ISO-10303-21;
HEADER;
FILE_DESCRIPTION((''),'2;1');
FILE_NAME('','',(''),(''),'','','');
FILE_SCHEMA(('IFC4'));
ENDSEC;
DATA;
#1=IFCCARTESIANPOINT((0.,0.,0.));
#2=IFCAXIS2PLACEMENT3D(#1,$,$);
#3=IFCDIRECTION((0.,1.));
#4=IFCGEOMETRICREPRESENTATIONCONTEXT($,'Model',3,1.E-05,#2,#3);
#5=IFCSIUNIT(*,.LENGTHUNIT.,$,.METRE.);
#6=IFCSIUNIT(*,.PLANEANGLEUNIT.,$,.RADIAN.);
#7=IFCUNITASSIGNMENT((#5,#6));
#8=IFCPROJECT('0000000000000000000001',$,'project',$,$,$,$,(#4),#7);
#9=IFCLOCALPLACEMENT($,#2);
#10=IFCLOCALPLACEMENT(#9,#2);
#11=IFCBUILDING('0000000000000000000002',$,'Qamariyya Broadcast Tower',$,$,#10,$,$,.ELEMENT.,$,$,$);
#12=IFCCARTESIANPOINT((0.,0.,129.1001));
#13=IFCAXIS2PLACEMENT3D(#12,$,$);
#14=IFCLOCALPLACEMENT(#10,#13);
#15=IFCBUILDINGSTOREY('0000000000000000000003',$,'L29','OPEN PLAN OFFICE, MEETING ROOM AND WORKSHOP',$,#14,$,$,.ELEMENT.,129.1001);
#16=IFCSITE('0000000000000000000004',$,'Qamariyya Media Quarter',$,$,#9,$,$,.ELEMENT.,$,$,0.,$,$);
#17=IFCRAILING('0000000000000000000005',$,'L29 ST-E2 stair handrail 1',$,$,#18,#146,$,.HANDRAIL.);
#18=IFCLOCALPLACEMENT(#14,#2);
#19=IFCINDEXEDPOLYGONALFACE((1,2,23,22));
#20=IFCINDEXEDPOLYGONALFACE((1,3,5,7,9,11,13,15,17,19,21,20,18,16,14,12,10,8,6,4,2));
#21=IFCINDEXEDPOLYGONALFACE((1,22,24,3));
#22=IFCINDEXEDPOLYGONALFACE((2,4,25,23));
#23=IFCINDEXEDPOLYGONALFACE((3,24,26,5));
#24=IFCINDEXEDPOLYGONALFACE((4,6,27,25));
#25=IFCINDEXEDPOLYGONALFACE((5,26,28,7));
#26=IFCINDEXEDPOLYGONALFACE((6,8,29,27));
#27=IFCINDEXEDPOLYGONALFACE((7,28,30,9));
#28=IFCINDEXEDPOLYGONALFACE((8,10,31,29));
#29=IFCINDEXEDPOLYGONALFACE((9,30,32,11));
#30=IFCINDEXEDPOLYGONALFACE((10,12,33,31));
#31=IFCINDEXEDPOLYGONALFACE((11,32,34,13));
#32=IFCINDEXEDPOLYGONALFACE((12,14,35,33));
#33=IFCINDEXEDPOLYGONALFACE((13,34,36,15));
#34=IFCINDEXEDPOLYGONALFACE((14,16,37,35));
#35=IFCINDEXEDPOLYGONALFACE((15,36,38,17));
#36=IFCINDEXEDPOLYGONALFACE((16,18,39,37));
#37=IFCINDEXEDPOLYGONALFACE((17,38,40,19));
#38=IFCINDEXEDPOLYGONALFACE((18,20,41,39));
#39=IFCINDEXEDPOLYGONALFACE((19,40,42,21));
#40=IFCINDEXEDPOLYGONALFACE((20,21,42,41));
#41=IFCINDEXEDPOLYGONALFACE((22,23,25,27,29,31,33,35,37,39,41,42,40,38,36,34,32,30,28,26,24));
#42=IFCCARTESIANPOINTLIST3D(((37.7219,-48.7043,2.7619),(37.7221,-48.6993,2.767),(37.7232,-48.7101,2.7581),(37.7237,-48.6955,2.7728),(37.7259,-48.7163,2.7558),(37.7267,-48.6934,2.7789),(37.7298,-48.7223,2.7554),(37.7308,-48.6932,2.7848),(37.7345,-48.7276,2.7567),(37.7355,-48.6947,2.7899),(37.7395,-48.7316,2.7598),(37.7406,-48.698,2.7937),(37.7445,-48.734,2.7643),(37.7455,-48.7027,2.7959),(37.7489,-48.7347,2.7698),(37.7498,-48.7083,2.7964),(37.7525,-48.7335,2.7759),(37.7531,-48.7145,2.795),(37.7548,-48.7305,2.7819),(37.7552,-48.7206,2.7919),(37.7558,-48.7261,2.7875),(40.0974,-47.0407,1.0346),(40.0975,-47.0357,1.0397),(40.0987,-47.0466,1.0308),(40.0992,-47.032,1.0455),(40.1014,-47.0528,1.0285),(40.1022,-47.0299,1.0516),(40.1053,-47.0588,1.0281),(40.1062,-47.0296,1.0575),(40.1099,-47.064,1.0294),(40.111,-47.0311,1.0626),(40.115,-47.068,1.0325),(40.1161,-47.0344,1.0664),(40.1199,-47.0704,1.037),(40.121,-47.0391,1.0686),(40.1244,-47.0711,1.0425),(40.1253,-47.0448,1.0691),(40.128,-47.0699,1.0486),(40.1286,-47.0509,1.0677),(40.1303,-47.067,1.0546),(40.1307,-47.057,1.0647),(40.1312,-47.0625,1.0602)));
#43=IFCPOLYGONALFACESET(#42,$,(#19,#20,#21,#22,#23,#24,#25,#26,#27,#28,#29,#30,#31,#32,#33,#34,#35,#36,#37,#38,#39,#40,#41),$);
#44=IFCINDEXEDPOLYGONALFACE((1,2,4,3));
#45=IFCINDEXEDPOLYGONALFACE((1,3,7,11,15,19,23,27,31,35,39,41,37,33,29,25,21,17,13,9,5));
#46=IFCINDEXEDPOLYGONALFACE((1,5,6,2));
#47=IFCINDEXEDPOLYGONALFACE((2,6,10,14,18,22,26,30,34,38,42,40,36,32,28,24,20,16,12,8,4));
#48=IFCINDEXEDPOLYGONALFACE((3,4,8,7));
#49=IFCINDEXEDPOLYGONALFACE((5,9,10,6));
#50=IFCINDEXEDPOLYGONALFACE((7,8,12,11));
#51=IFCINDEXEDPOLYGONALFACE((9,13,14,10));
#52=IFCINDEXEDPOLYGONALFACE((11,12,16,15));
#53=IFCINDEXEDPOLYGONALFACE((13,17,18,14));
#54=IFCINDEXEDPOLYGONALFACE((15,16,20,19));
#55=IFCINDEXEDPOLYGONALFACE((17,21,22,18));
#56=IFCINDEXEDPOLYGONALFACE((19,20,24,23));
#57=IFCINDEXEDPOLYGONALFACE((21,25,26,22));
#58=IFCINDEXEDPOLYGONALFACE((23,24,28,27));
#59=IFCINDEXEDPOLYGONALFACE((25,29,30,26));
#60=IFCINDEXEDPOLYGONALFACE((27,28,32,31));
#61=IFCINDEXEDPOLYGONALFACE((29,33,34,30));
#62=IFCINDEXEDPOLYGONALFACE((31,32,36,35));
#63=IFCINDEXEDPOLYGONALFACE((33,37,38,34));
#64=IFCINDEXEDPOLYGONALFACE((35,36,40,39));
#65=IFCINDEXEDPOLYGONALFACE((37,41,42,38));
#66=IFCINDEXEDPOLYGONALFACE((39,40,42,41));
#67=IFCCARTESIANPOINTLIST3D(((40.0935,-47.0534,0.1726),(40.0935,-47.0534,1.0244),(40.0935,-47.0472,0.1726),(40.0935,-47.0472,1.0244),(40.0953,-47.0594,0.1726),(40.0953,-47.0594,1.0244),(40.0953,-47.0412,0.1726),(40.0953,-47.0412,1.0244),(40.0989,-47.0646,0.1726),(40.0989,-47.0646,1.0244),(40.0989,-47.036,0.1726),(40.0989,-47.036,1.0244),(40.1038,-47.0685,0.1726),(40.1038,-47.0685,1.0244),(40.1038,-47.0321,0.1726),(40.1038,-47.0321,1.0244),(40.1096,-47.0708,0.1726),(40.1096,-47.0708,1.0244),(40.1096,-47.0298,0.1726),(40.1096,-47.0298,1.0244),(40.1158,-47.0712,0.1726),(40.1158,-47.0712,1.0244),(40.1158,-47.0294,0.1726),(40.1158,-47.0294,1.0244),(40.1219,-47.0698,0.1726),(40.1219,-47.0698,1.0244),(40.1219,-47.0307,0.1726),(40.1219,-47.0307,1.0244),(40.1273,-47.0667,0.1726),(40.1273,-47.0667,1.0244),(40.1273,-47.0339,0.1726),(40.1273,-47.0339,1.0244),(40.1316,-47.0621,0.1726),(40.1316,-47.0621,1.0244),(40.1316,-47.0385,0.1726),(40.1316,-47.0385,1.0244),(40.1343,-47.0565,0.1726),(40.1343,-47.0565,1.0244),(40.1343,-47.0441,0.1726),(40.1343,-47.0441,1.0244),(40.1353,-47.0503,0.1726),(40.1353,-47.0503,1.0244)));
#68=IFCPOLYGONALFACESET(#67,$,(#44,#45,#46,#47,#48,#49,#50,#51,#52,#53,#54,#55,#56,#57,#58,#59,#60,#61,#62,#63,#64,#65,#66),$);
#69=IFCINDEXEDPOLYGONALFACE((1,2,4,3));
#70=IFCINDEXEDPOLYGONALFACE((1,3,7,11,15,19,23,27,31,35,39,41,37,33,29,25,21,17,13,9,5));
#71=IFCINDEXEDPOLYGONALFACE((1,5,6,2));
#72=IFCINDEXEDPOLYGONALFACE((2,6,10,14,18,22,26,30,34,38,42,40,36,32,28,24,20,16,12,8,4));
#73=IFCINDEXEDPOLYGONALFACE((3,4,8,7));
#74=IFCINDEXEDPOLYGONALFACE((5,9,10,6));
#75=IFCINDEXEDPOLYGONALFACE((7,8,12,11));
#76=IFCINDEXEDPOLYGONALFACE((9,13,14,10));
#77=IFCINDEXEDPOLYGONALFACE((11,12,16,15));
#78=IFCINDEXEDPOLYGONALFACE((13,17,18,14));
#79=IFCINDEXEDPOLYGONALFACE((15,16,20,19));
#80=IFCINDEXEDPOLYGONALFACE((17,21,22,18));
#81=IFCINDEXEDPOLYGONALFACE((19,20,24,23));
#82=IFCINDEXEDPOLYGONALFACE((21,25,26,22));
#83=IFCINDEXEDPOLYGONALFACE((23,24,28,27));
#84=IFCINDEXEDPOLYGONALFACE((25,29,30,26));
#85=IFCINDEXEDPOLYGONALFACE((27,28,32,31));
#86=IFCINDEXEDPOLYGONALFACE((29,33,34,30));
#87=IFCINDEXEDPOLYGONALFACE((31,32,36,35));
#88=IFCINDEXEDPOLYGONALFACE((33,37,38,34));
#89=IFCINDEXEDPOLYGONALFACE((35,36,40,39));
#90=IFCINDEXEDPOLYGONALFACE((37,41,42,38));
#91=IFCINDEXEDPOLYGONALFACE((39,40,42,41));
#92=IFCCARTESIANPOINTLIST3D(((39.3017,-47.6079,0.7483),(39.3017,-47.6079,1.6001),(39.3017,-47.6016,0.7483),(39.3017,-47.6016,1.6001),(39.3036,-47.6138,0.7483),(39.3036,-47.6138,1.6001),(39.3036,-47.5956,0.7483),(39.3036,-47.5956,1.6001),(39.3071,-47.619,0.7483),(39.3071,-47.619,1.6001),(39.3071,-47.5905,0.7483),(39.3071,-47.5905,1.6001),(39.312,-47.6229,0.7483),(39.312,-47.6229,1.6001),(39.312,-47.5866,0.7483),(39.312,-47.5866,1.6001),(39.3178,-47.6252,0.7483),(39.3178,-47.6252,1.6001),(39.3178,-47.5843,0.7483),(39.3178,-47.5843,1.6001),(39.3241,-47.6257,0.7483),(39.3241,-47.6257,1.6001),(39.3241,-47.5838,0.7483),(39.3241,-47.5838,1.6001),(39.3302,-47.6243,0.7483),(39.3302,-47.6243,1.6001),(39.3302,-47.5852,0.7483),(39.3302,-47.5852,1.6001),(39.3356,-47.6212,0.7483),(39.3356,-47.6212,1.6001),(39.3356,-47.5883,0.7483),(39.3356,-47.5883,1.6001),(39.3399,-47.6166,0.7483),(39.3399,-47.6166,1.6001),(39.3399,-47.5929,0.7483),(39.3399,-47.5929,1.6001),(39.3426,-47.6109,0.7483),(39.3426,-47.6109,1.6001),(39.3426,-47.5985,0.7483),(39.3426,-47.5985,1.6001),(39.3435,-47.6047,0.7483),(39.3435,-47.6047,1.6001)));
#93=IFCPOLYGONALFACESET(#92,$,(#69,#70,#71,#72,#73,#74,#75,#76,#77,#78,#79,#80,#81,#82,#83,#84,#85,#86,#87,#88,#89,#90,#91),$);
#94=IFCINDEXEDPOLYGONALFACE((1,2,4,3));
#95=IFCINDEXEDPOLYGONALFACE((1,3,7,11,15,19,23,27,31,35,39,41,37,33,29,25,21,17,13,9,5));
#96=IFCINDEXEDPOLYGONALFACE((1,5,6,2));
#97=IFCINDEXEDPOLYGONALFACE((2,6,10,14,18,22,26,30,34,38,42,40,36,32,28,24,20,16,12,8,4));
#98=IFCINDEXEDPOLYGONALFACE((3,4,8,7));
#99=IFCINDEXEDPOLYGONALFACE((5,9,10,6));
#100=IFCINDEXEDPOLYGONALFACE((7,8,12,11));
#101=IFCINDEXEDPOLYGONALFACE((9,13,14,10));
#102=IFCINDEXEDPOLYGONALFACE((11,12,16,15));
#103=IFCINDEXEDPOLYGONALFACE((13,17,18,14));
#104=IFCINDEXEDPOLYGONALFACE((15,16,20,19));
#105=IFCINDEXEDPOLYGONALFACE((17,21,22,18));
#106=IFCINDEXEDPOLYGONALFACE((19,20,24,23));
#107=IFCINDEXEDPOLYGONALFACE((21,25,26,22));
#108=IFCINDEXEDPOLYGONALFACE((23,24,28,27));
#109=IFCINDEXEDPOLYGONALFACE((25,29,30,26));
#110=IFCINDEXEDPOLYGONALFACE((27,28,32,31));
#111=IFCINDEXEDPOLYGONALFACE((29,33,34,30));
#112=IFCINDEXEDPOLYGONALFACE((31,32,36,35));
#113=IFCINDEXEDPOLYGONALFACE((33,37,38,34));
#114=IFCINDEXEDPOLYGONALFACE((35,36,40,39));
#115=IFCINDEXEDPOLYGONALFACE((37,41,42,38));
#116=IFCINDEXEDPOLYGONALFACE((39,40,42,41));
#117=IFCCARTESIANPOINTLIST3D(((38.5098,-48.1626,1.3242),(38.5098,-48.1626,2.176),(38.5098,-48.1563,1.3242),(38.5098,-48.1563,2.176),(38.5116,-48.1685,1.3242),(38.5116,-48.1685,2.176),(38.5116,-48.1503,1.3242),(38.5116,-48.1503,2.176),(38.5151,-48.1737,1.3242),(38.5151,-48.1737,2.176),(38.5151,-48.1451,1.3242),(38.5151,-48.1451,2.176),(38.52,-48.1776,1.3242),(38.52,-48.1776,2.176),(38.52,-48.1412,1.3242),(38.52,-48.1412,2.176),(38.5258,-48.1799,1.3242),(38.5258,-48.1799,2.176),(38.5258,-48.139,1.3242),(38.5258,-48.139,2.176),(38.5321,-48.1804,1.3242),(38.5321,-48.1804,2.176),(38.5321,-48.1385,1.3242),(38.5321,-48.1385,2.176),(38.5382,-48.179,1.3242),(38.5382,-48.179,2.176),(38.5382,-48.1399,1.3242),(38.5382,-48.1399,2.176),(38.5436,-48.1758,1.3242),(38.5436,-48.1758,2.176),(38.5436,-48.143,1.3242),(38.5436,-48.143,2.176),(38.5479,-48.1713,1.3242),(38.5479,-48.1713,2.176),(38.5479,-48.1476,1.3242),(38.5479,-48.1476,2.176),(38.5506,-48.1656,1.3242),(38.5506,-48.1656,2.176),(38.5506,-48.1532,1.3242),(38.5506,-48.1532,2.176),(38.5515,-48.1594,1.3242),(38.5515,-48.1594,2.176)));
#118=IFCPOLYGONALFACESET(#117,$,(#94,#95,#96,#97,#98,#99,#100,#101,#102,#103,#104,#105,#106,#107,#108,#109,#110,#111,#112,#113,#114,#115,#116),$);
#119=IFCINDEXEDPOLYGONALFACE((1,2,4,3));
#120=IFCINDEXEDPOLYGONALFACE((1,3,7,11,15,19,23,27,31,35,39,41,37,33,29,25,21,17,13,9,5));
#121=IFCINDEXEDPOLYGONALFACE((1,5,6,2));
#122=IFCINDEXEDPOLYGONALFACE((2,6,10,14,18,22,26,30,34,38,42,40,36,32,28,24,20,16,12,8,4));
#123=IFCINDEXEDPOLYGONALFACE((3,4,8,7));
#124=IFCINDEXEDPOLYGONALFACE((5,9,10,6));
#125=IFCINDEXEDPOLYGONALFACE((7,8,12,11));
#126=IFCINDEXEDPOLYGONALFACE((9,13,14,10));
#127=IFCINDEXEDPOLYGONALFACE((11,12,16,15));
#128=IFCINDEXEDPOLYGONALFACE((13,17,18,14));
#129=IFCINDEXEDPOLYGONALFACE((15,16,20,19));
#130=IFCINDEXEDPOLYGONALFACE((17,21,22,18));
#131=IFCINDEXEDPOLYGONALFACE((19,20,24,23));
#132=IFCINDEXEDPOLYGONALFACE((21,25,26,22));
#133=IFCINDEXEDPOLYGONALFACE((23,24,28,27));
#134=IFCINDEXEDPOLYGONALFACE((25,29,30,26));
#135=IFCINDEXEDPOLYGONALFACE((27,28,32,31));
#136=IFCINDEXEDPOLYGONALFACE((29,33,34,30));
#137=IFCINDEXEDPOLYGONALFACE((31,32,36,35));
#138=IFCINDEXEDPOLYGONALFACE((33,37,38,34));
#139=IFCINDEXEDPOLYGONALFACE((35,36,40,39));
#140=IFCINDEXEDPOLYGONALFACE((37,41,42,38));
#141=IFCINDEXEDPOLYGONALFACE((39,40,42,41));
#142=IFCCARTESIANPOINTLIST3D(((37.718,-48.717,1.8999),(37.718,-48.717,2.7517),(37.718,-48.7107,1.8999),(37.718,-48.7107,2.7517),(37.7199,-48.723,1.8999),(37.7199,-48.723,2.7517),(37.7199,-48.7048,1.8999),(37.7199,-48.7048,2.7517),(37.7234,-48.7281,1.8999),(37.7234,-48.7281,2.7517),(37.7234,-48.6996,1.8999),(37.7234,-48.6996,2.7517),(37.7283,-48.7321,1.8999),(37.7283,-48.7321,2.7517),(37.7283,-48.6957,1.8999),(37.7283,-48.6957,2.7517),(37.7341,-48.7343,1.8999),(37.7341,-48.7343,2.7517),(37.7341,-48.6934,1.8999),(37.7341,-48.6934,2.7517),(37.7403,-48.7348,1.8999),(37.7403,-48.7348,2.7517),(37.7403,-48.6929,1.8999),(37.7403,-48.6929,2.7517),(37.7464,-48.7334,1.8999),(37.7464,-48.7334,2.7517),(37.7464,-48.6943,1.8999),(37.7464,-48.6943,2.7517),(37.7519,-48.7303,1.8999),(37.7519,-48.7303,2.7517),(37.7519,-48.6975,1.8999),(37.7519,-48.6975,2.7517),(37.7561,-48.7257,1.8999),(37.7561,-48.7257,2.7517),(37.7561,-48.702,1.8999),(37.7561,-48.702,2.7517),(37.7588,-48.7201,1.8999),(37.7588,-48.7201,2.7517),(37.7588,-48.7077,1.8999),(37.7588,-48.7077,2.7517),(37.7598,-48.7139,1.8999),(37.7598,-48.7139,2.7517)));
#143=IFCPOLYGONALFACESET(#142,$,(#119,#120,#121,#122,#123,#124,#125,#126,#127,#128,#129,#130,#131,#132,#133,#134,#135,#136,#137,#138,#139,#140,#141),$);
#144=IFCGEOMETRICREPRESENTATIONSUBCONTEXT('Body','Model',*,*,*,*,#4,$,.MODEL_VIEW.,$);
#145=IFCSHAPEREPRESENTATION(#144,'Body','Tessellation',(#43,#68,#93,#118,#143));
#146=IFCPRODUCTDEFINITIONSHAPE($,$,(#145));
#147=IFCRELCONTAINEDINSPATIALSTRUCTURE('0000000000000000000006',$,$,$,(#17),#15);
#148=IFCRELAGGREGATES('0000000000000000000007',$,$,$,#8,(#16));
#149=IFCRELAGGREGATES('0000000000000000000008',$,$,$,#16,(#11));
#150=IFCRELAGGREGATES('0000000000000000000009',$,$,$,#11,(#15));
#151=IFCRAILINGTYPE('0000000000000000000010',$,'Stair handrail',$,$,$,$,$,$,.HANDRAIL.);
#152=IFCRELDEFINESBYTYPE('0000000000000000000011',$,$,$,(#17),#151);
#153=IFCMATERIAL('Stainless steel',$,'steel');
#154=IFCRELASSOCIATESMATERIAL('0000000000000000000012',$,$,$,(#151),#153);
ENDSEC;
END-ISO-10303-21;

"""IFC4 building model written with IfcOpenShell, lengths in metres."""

from ifc_helpers import new_model, si_unit, direction, frame, origin, origin_2d, place, context, subcontext, project, spatial, circle, extrude, material, type_object, element, save


model = new_model("IFC4")

# Units and contexts
model_context = context("Model", 3, precision=1e-05, world=origin(), true_north=direction((0.0, 1.0)))
body_context = subcontext(model_context, "Body", "Model", "MODEL_VIEW")
ifc_project = project(units=[si_unit("LENGTHUNIT", "METRE"), si_unit("PLANEANGLEUNIT", "RADIAN")], contexts=[model_context])

# Site, building, storey
site_placement = place(None, origin())
site = spatial("IfcSite", under=ifc_project, at=site_placement, Name="Qamariyya Media Quarter", CompositionType="ELEMENT", RefElevation=0.0)
building_placement = place(site_placement, origin())
building = spatial("IfcBuilding", under=site, at=building_placement, Name="Qamariyya Broadcast Tower", CompositionType="ELEMENT")
storey_placement = place(building_placement, frame((0.0, 0.0, 129.1001)))
storey = spatial("IfcBuildingStorey", under=building, at=storey_placement, Name="L29", Description="OPEN PLAN OFFICE, MEETING ROOM AND WORKSHOP", CompositionType="ELEMENT", Elevation=129.1001)

# Railing
ifc_material_1 = material(Name="Stainless steel", Category="steel")
railing_type_1 = type_object("IfcRailingType", Name="Stair handrail", PredefinedType="HANDRAIL", material=ifc_material_1)
railing_1_placement = place(storey_placement, frame((40.1143, -47.0503, 0.1726)))
element("IfcRailing", 1, at=railing_1_placement, inside=storey, type_object=railing_type_1, Name="L29 ST-E2 stair handrail 1", PredefinedType="HANDRAIL", context=body_context, shape_type="SweptSolid", body=[
    extrude(circle(Radius=0.0239, at=origin_2d()), frame((0.0, 0.0, 0.876), z_axis=(-0.703745, -0.492838, 0.511716), x_axis=(0.573632, -0.819113, 0.0)), (0.0, 0.0, 1.0), 3.3755),
    extrude(circle(Radius=0.021, at=origin_2d()), origin(), (0.0, 0.0, 1.0), 0.8518),
    extrude(circle(Radius=0.021, at=origin_2d()), frame((-0.7917, -0.5544, 0.5757)), (0.0, 0.0, 1.0), 0.8518),
    extrude(circle(Radius=0.021, at=origin_2d()), frame((-1.5837, -1.1091, 1.1516)), (0.0, 0.0, 1.0), 0.8518),
    extrude(circle(Radius=0.021, at=origin_2d()), frame((-2.3755, -1.6636, 1.7273)), (0.0, 0.0, 1.0), 0.8518),
])

save(model, "model.ifc")
